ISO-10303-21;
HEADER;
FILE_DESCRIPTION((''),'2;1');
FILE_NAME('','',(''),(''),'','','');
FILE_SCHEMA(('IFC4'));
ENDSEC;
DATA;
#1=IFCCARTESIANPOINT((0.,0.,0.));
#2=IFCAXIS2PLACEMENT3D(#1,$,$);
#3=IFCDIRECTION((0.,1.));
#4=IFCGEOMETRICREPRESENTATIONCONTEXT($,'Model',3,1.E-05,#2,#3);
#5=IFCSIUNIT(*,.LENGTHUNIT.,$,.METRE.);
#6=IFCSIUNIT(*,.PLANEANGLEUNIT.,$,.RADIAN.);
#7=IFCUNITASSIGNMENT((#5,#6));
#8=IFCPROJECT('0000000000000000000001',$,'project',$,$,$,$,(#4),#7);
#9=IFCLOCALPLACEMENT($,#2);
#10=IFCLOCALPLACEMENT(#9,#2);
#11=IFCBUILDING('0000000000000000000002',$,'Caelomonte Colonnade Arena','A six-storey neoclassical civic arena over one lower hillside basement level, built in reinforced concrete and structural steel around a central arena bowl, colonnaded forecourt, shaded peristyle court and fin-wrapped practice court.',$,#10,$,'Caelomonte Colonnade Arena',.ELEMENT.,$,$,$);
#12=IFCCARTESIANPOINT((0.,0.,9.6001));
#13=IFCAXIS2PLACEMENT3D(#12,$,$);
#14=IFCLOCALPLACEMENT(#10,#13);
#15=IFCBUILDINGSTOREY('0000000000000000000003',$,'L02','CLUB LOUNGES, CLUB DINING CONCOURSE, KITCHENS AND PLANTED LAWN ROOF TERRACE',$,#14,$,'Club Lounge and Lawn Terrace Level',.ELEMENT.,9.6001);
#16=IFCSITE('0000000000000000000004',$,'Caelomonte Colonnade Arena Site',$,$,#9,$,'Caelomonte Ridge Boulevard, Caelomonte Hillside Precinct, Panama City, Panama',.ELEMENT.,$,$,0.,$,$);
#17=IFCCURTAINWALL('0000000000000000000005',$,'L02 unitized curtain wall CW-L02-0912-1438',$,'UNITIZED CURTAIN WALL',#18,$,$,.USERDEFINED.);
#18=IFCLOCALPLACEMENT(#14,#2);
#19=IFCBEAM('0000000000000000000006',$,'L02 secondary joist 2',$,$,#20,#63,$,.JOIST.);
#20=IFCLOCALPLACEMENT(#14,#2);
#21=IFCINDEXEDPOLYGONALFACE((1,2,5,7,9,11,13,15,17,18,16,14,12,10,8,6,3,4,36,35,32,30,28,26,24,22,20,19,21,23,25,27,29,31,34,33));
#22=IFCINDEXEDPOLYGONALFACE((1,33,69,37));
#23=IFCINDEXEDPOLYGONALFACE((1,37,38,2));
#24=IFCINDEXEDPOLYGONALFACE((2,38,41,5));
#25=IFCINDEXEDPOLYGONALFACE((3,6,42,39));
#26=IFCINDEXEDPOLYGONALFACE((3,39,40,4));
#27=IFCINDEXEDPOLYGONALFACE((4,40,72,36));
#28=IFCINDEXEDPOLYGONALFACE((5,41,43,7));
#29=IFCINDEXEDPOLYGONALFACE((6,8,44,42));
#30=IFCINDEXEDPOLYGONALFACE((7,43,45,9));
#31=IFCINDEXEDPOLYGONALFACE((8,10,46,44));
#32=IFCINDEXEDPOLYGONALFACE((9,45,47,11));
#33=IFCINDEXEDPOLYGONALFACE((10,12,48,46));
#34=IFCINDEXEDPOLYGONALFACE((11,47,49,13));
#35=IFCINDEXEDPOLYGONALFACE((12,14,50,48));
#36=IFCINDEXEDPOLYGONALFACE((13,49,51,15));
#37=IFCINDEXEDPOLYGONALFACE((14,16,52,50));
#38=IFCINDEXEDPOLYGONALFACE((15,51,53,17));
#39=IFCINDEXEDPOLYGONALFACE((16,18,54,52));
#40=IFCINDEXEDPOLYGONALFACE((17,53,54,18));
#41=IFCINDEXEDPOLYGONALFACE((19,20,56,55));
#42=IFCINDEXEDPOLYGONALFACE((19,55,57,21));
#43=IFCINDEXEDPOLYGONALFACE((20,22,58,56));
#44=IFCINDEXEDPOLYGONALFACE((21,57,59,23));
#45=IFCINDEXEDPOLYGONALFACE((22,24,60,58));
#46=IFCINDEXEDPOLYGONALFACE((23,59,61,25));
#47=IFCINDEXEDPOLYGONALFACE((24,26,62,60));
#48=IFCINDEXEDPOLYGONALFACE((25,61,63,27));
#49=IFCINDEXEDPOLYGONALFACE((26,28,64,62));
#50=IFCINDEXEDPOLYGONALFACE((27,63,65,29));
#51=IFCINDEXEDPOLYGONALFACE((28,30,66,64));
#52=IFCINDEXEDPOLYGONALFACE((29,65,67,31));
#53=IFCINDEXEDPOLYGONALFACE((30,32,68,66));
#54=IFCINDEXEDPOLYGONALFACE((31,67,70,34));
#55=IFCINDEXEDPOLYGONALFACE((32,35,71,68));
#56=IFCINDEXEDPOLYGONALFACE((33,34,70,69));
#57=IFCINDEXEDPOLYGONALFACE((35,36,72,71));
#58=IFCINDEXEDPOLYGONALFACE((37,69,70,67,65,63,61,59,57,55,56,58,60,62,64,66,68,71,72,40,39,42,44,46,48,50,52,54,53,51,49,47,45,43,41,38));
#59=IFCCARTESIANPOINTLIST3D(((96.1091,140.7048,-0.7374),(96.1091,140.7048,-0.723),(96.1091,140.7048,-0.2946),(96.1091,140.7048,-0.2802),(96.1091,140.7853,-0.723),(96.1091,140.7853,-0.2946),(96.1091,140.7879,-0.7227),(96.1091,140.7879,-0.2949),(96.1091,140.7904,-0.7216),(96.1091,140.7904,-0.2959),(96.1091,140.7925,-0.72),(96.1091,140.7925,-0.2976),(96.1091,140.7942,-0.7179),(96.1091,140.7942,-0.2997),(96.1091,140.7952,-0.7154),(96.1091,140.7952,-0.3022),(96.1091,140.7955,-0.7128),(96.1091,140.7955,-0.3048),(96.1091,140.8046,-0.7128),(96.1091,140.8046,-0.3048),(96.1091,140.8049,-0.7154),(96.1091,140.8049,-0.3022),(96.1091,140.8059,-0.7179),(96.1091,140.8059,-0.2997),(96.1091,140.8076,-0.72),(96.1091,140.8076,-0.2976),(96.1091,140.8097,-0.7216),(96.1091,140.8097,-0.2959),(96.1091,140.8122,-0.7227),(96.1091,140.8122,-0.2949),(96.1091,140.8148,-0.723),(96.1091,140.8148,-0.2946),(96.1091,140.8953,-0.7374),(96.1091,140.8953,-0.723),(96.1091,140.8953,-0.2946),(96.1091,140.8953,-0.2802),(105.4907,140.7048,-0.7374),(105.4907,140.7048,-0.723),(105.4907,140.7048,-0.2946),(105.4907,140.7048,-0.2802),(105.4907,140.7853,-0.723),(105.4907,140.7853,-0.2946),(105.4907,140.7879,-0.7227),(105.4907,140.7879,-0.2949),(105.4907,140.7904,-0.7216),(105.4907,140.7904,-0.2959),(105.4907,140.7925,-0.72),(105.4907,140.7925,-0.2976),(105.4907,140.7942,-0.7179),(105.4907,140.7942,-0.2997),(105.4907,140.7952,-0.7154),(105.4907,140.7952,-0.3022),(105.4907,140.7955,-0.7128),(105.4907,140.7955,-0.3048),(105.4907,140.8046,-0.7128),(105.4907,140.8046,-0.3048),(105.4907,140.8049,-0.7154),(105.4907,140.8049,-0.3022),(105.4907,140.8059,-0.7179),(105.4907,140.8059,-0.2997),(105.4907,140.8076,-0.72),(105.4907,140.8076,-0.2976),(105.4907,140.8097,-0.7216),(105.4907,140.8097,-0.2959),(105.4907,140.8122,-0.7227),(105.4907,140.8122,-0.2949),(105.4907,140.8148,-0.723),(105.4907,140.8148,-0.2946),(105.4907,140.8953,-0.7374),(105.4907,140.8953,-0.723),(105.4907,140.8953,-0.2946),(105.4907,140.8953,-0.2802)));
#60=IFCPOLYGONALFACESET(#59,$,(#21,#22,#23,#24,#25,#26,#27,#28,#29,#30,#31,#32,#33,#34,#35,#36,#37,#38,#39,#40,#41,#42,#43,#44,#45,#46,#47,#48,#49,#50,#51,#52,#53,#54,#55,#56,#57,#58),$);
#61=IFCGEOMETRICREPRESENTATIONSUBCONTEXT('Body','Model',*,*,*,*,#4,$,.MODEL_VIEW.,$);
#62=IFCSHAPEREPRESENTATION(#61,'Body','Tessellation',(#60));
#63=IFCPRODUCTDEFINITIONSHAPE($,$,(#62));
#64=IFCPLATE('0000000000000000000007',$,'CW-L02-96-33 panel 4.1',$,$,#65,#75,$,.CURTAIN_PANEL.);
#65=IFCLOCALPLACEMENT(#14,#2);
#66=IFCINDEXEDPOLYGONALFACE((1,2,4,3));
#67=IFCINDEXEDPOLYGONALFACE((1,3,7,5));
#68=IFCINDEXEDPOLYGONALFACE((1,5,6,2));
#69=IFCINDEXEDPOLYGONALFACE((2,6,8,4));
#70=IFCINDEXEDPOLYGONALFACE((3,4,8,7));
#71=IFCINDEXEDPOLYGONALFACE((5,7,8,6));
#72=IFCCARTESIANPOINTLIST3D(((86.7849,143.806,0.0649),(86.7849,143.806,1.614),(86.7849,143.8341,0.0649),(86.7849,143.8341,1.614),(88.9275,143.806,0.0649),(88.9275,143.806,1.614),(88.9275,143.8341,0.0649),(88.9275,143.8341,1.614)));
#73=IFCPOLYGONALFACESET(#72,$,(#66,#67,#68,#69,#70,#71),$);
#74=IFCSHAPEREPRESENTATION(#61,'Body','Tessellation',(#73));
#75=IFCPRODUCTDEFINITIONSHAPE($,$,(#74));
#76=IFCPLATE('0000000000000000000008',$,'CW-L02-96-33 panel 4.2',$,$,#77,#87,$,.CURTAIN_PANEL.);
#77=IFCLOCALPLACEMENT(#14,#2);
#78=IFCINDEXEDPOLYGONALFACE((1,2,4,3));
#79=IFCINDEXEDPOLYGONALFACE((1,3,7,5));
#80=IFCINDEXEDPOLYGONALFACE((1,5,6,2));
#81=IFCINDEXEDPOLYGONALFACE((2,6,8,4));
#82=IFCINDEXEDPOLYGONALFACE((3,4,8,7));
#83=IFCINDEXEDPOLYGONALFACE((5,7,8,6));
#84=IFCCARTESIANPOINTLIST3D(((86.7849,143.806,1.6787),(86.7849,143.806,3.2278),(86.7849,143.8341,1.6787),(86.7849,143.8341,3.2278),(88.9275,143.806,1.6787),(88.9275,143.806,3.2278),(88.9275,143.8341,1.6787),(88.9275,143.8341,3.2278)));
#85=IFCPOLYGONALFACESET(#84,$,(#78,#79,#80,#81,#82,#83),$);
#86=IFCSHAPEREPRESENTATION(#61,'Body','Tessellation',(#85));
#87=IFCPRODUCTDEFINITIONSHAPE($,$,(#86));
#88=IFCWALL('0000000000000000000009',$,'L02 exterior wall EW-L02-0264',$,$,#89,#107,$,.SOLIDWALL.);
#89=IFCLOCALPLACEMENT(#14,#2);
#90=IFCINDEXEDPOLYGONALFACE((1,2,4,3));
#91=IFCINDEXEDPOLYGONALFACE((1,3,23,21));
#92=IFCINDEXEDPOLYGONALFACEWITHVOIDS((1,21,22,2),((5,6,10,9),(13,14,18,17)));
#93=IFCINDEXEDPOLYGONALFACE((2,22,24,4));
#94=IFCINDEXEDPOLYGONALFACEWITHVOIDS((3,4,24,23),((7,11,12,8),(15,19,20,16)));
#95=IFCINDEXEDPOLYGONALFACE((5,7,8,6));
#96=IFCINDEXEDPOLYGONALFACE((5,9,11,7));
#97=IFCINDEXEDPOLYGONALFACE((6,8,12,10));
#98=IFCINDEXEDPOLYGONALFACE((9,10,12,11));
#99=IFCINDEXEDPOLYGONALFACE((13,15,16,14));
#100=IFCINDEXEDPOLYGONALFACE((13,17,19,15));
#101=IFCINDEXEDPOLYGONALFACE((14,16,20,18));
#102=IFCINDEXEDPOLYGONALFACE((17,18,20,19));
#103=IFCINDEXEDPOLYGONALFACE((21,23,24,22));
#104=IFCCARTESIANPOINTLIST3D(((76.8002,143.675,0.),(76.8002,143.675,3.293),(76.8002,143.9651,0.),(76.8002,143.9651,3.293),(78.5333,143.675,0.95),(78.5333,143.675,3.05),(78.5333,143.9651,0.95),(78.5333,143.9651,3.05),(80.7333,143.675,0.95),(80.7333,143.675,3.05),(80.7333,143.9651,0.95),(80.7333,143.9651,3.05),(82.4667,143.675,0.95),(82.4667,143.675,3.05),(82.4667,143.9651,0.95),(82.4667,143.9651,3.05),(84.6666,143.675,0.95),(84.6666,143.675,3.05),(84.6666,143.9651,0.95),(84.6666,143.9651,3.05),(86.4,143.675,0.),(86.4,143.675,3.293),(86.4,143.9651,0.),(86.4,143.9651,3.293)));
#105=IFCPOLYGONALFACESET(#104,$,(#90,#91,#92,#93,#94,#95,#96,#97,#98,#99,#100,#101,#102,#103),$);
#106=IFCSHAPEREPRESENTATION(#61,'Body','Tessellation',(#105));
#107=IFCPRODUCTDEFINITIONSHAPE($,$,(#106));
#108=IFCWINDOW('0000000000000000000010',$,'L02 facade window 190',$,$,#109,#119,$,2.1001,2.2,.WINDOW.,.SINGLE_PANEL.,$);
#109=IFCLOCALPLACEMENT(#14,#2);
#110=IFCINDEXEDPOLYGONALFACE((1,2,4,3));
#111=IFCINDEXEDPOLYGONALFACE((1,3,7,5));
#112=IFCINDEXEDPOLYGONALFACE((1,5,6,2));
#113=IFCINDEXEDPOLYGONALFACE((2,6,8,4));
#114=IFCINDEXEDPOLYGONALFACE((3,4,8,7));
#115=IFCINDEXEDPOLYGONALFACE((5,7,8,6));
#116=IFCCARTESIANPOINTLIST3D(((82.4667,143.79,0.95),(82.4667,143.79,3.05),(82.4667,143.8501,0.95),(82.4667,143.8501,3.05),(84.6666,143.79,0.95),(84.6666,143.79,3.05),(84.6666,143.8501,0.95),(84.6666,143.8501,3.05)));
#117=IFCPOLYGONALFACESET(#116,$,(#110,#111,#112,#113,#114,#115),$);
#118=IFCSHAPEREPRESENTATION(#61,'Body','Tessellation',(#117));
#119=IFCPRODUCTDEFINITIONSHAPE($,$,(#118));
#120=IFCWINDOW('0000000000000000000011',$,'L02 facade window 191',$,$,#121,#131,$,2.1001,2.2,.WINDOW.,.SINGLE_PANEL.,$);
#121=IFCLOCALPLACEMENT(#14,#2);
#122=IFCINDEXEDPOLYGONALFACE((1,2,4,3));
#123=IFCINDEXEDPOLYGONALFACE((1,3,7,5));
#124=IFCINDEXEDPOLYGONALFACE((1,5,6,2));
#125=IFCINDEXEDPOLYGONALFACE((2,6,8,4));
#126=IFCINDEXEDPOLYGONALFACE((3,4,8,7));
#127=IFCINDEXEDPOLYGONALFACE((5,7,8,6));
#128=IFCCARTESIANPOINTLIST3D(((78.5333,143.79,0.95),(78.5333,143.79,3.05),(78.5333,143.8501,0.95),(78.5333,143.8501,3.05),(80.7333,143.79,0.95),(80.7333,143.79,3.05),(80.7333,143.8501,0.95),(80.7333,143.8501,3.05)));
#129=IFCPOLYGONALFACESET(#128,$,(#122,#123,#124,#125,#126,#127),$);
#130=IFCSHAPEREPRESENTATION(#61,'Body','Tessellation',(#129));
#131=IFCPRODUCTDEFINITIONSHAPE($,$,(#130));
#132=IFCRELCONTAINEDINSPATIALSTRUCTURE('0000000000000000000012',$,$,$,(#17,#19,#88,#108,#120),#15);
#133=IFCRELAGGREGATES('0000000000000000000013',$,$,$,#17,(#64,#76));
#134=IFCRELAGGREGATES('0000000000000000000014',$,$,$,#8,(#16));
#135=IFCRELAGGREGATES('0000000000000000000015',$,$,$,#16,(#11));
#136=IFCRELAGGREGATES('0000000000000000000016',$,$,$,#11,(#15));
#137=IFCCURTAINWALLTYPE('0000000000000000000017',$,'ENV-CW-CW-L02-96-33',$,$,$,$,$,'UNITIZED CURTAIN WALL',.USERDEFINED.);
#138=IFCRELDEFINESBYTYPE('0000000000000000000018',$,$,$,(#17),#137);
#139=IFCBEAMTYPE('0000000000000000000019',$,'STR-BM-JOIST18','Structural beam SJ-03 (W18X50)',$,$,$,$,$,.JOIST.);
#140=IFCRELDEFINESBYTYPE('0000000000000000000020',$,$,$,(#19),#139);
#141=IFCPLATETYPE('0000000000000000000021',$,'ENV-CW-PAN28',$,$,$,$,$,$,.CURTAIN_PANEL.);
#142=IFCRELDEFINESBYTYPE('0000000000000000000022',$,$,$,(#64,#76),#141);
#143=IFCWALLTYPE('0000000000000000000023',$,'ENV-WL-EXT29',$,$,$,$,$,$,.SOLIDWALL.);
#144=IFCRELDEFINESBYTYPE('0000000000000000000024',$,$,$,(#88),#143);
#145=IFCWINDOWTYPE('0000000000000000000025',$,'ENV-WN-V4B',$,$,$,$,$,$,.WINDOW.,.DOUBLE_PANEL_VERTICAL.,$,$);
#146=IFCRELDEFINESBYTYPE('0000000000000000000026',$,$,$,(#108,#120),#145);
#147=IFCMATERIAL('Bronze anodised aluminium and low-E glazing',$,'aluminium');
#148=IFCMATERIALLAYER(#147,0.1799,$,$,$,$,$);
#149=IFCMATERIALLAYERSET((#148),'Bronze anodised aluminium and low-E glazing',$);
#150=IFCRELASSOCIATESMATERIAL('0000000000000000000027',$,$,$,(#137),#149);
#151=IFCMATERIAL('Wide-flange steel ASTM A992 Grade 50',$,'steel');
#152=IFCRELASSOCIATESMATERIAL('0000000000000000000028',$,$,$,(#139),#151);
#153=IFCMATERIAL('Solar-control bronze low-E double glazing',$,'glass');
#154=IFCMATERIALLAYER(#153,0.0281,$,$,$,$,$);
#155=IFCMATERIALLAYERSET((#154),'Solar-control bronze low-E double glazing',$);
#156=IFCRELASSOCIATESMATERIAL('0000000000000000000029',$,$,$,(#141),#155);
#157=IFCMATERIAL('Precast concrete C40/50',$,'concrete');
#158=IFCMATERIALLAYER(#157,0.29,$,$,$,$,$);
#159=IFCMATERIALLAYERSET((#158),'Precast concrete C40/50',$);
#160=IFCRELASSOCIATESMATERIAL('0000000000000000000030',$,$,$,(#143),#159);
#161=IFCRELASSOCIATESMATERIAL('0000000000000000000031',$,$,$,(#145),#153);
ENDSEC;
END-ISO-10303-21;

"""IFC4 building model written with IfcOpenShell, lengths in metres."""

from ifc_helpers import new_model, si_unit, direction, frame, frame_2d, origin, origin_2d, place, context, subcontext, project, spatial, rectangle, i_section, extrude, material, layer, layer_set, material_profile, profile_set, type_object, element, fill, aggregate, save


model = new_model("IFC4")

# Units and contexts
model_context = context("Model", 3, precision=1e-05, world=origin(), true_north=direction((0.0, 1.0)))
body_context = subcontext(model_context, "Body", "Model", "MODEL_VIEW")
ifc_project = project(units=[si_unit("LENGTHUNIT", "METRE"), si_unit("PLANEANGLEUNIT", "RADIAN")], contexts=[model_context])

# Site, building, storey
site_placement = place(None, origin())
site = spatial("IfcSite", under=ifc_project, at=site_placement, Name="Caelomonte Colonnade Arena Site", LongName="Caelomonte Ridge Boulevard, Caelomonte Hillside Precinct, Panama City, Panama", CompositionType="ELEMENT", RefElevation=0.0)
building_placement = place(site_placement, origin())
building = spatial("IfcBuilding", under=site, at=building_placement, Name="Caelomonte Colonnade Arena", Description="A six-storey neoclassical civic arena over one lower hillside basement level, built in reinforced concrete and structural steel around a central arena bowl, colonnaded forecourt, shaded peristyle court and fin-wrapped practice court.", LongName="Caelomonte Colonnade Arena", CompositionType="ELEMENT")
storey_placement = place(building_placement, frame((0.0, 0.0, 9.6001)))
storey = spatial("IfcBuildingStorey", under=building, at=storey_placement, Name="L02", Description="CLUB LOUNGES, CLUB DINING CONCOURSE, KITCHENS AND PLANTED LAWN ROOF TERRACE", LongName="Club Lounge and Lawn Terrace Level", CompositionType="ELEMENT", Elevation=9.6001)

# Curtain wall
ifc_material_1 = material(Name="Bronze anodised aluminium and low-E glazing", Category="aluminium")
ifc_layer_1 = layer(ifc_material_1, 0.1799)
ifc_layer_set_1 = layer_set([ifc_layer_1], Name="Bronze anodised aluminium and low-E glazing")
curtain_wall_type = type_object("IfcCurtainWallType", Name="ENV-CW-CW-L02-96-33", ElementType="UNITIZED CURTAIN WALL", PredefinedType="USERDEFINED", material=ifc_layer_set_1)
curtain_wall_placement = place(storey_placement, origin())
curtain_wall = element("IfcCurtainWall", 1, at=curtain_wall_placement, inside=storey, type_object=curtain_wall_type, Name="L02 unitized curtain wall CW-L02-0912-1438", ObjectType="UNITIZED CURTAIN WALL", PredefinedType="USERDEFINED")

# Beam
ifc_material_2 = material(Name="Wide-flange steel ASTM A992 Grade 50", Category="steel")
ifc_material_profile_1 = material_profile(ifc_material_2, i_section(OverallWidth=0.1904, OverallDepth=0.4573, WebThickness=0.009, FlangeThickness=0.0144, FilletRadius=0.0103, at=origin_2d()), Name="W18X50")
ifc_profile_set_1 = profile_set([ifc_material_profile_1], Name="Wide-flange steel ASTM A992 Grade 50")
beam_type_1 = type_object("IfcBeamType", Name="STR-BM-JOIST18", Description="Structural beam SJ-03 (W18X50)", PredefinedType="JOIST", material=ifc_profile_set_1)
for number, where, z_axis, x_axis, name in (
    (2, (96.1091, 140.8, -0.5088), (1.0, 0.0, 0.0), (0.0, 1.0, 0.0), "L02 secondary joist 2"),
):
    element("IfcBeam", number, at=place(storey_placement, frame(where, z_axis=z_axis, x_axis=x_axis)), inside=storey, type_object=beam_type_1, Name=name, PredefinedType="JOIST", context=body_context, shape_type="SweptSolid", body=[
        extrude(i_section(OverallWidth=0.1904, OverallDepth=0.4573, WebThickness=0.009, FlangeThickness=0.0144, FilletRadius=0.0103, at=origin_2d()), origin(), (0.0, 0.0, 1.0), 9.3816),
    ])

# Plates
ifc_material_3 = material(Name="Solar-control bronze low-E double glazing", Category="glass")
ifc_layer_2 = layer(ifc_material_3, 0.0281)
ifc_layer_set_2 = layer_set([ifc_layer_2], Name="Solar-control bronze low-E double glazing")
plate_type = type_object("IfcPlateType", Name="ENV-CW-PAN28", PredefinedType="CURTAIN_PANEL", material=ifc_layer_set_2)
plate_1_placement = place(storey_placement, frame((87.8562, 143.8201, 0.0649), z_axis=(0.0, 0.0, 1.0), x_axis=(-1.0, 0.0, 0.0)))
plate_1 = element("IfcPlate", 3, at=plate_1_placement, type_object=plate_type, Name="CW-L02-96-33 panel 4.1", PredefinedType="CURTAIN_PANEL", context=body_context, shape_type="SweptSolid", body=[
    extrude(rectangle(XDim=2.1426, YDim=0.0281, at=origin_2d()), origin(), (0.0, 0.0, 1.0), 1.5491),
])
plate_2_placement = place(storey_placement, frame((87.8562, 143.8201, 1.6787), z_axis=(0.0, 0.0, 1.0), x_axis=(-1.0, 0.0, 0.0)))
plate_2 = element("IfcPlate", 4, at=plate_2_placement, type_object=plate_type, Name="CW-L02-96-33 panel 4.2", PredefinedType="CURTAIN_PANEL", context=body_context, shape_type="SweptSolid", body=[
    extrude(rectangle(XDim=2.1426, YDim=0.0281, at=origin_2d()), origin(), (0.0, 0.0, 1.0), 1.5491),
])
aggregate(curtain_wall, [plate_1, plate_2])

# Wall, openings, windows
ifc_material_4 = material(Name="Precast concrete C40/50", Category="concrete")
ifc_layer_3 = layer(ifc_material_4, 0.29)
ifc_layer_set_3 = layer_set([ifc_layer_3], Name="Precast concrete C40/50")
wall_type_1 = type_object("IfcWallType", Name="ENV-WL-EXT29", PredefinedType="SOLIDWALL", material=ifc_layer_set_3)
wall_1_placement = place(storey_placement, frame((86.3999, 143.8201, 0.0), z_axis=(0.0, 0.0, 1.0), x_axis=(-1.0, 0.0, 0.0)))
wall_1 = element("IfcWall", 5, at=wall_1_placement, inside=storey, type_object=wall_type_1, Name="L02 exterior wall EW-L02-0264", PredefinedType="SOLIDWALL", context=body_context, shape_type="SweptSolid", body=[
    extrude(rectangle(XDim=9.5999, YDim=0.29, at=frame_2d((4.7998, 0.0))), origin(), (0.0, 0.0, 1.0), 3.293),
])
opening_1_placement = place(wall_1_placement, frame((3.9333, 0.0, 0.95), z_axis=(0.0, 0.0, 1.0), x_axis=(-1.0, 0.0, 0.0)))
opening_1 = element("IfcOpeningElement", 6, at=opening_1_placement, cuts=wall_1, PredefinedType="OPENING", context=body_context, shape_type="SweptSolid", body=[
    extrude(rectangle(XDim=2.2, YDim=2.1001, at=frame_2d((1.1001, 1.05))), frame((0.0, 0.155, 0.0), z_axis=(0.0, -1.0, 0.0), x_axis=(1.0, 0.0, 0.0)), (0.0, 0.0, 1.0), 0.3101),
])
opening_2_placement = place(wall_1_placement, frame((7.8667, 0.0, 0.95), z_axis=(0.0, 0.0, 1.0), x_axis=(-1.0, 0.0, 0.0)))
opening_2 = element("IfcOpeningElement", 7, at=opening_2_placement, cuts=wall_1, PredefinedType="OPENING", context=body_context, shape_type="SweptSolid", body=[
    extrude(rectangle(XDim=2.2, YDim=2.1001, at=frame_2d((1.1001, 1.05))), frame((0.0, 0.155, 0.0), z_axis=(0.0, -1.0, 0.0), x_axis=(1.0, 0.0, 0.0)), (0.0, 0.0, 1.0), 0.3101),
])
window_type = type_object("IfcWindowType", Name="ENV-WN-V4B", PartitioningType="DOUBLE_PANEL_VERTICAL", PredefinedType="WINDOW", material=ifc_material_3)
window_1_placement = place(opening_1_placement, origin())
window_1 = element("IfcWindow", 8, at=window_1_placement, inside=storey, type_object=window_type, Name="L02 facade window 190", OverallHeight=2.1001, OverallWidth=2.2, PartitioningType="SINGLE_PANEL", PredefinedType="WINDOW", context=body_context, shape_type="SweptSolid", body=[
    extrude(rectangle(XDim=2.2, YDim=2.1001, at=frame_2d((1.1001, 1.05))), frame((0.0, 0.03, 0.0), z_axis=(0.0, -1.0, 0.0), x_axis=(1.0, 0.0, 0.0)), (0.0, 0.0, 1.0), 0.0601),
])
fill(opening_1, window_1)
window_2_placement = place(opening_2_placement, origin())
window_2 = element("IfcWindow", 9, at=window_2_placement, inside=storey, type_object=window_type, Name="L02 facade window 191", OverallHeight=2.1001, OverallWidth=2.2, PartitioningType="SINGLE_PANEL", PredefinedType="WINDOW", context=body_context, shape_type="SweptSolid", body=[
    extrude(rectangle(XDim=2.2, YDim=2.1001, at=frame_2d((1.1001, 1.05))), frame((0.0, 0.03, 0.0), z_axis=(0.0, -1.0, 0.0), x_axis=(1.0, 0.0, 0.0)), (0.0, 0.0, 1.0), 0.0601),
])
fill(opening_2, window_2)

save(model, "model.ifc")
